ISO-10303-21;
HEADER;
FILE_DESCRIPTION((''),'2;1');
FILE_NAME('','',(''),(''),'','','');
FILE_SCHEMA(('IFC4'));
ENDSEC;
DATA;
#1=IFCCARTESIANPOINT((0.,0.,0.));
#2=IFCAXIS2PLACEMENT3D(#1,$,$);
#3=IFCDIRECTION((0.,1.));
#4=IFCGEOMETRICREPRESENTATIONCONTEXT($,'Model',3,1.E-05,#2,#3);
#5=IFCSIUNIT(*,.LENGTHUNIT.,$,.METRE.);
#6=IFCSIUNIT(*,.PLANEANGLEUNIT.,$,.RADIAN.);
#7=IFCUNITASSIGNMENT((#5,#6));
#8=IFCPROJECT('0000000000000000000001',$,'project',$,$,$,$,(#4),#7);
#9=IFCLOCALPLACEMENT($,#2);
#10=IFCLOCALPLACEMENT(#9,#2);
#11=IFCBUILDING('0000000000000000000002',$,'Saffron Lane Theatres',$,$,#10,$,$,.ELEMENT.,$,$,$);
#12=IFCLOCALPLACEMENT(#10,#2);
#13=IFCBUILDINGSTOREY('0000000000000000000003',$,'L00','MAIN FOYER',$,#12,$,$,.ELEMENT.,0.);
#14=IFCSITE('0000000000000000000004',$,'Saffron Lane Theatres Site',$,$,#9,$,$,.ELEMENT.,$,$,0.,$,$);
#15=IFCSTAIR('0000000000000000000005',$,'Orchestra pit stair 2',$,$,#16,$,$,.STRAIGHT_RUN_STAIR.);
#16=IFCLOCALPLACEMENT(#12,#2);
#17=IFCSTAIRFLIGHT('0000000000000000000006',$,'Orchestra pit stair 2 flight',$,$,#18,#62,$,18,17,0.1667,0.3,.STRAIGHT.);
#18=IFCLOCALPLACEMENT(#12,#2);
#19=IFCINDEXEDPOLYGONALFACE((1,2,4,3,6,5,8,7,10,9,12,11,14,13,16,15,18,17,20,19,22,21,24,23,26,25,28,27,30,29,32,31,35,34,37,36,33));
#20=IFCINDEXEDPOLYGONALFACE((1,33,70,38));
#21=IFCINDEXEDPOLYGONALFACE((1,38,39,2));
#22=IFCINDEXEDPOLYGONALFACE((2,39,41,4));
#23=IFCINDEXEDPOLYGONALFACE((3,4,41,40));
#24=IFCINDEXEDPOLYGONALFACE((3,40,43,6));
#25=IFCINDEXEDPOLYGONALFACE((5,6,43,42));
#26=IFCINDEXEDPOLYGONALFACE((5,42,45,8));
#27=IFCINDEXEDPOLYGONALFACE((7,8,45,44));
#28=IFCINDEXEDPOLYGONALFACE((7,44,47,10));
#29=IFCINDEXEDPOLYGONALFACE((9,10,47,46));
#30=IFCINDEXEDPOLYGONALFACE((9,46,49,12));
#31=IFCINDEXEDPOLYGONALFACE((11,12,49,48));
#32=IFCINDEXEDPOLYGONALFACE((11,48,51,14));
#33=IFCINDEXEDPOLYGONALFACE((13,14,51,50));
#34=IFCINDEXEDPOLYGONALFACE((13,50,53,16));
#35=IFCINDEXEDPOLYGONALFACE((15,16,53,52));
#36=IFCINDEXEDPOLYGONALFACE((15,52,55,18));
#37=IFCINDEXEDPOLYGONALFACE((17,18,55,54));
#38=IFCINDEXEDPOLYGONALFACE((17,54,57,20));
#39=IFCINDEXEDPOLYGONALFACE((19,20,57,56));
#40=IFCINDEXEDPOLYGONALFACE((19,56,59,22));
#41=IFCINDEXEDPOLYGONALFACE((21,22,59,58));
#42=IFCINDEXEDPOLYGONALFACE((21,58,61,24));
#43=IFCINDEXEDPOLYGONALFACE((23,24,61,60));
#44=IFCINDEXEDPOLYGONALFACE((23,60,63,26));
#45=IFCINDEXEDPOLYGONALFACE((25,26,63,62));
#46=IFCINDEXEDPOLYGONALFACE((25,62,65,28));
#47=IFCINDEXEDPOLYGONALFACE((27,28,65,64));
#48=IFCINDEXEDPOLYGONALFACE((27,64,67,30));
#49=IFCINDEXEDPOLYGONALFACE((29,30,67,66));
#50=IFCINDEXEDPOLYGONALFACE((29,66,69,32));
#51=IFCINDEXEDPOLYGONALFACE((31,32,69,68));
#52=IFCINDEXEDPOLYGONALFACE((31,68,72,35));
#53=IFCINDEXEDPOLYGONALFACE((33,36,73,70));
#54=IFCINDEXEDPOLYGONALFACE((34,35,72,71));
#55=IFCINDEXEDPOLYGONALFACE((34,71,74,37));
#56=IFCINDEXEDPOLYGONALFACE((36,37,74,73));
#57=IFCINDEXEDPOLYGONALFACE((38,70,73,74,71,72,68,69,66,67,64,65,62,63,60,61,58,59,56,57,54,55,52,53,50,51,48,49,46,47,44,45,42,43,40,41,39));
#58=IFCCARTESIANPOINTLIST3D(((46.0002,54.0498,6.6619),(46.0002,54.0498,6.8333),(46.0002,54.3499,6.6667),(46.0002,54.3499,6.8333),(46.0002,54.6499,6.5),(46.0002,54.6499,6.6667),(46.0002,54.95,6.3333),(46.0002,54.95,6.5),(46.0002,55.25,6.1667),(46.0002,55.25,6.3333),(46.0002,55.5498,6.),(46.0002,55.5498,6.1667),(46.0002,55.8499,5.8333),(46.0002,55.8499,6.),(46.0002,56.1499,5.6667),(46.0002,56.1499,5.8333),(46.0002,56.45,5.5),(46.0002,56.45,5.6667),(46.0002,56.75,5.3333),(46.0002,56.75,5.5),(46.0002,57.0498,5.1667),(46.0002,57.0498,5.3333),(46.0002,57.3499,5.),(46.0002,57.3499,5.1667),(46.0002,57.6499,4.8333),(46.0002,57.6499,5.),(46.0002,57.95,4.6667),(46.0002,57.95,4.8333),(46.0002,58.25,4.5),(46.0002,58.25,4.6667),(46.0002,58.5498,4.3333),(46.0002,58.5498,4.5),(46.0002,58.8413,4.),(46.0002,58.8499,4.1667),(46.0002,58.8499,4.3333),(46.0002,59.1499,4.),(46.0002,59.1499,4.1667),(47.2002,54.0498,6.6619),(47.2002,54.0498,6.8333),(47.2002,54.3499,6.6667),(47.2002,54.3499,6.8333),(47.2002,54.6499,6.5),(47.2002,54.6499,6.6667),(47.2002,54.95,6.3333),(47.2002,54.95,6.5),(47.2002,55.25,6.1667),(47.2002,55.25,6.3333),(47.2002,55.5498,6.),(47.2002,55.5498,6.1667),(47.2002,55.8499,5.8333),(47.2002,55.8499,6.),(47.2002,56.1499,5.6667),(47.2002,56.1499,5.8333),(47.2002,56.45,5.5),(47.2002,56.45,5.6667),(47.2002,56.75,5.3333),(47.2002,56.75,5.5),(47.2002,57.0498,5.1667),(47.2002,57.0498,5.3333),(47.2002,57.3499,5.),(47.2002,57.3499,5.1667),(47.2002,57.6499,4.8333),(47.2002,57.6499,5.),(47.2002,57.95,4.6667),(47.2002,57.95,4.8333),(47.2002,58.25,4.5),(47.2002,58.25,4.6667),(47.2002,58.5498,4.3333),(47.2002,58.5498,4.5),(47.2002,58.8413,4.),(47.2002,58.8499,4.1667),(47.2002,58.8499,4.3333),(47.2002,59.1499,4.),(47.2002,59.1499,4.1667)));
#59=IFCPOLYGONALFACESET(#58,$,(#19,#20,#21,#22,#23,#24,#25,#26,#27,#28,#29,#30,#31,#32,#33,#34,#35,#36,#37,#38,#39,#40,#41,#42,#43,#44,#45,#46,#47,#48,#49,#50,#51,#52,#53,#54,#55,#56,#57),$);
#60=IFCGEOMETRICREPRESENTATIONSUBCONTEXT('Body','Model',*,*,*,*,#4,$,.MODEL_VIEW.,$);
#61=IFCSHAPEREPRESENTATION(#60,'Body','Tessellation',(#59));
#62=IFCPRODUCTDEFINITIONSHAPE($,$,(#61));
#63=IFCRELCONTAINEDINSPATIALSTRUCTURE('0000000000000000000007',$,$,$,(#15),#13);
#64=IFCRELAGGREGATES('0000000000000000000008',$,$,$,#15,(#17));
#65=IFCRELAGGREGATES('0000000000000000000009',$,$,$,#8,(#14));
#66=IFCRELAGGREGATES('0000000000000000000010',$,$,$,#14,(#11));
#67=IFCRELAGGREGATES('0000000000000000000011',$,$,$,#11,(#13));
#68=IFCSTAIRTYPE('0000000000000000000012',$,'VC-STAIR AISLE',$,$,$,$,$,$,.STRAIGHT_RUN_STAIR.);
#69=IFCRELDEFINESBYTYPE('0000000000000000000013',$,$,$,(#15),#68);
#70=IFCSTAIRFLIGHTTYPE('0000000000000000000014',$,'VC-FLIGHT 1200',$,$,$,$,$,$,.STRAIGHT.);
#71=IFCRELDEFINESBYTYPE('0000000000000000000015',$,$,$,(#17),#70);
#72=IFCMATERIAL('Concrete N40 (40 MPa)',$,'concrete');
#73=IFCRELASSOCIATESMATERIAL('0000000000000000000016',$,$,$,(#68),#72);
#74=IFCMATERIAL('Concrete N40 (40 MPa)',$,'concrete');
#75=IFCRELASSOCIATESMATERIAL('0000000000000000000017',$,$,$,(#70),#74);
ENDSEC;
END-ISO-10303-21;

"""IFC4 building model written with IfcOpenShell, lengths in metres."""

from ifc_helpers import new_model, si_unit, direction, frame, origin, place, context, subcontext, project, spatial, polyline, outline, extrude, material, type_object, element, aggregate, save


model = new_model("IFC4")

# Units and contexts
model_context = context("Model", 3, precision=1e-05, world=origin(), true_north=direction((0.0, 1.0)))
body_context = subcontext(model_context, "Body", "Model", "MODEL_VIEW")
ifc_project = project(units=[si_unit("LENGTHUNIT", "METRE"), si_unit("PLANEANGLEUNIT", "RADIAN")], contexts=[model_context])

# Site, building, storey
site_placement = place(None, origin())
site = spatial("IfcSite", under=ifc_project, at=site_placement, Name="Saffron Lane Theatres Site", CompositionType="ELEMENT", RefElevation=0.0)
building_placement = place(site_placement, origin())
building = spatial("IfcBuilding", under=site, at=building_placement, Name="Saffron Lane Theatres", CompositionType="ELEMENT")
storey_placement = place(building_placement, origin())
storey = spatial("IfcBuildingStorey", under=building, at=storey_placement, Name="L00", Description="MAIN FOYER", CompositionType="ELEMENT", Elevation=0.0)

# Stair, stair flight
ifc_material_1 = material(Name="Concrete N40 (40 MPa)", Category="concrete")
stair_type = type_object("IfcStairType", Name="VC-STAIR AISLE", PredefinedType="STRAIGHT_RUN_STAIR", material=ifc_material_1)
stair_1_placement = place(storey_placement, origin())
stair_1 = element("IfcStair", 1, at=stair_1_placement, inside=storey, type_object=stair_type, Name="Orchestra pit stair 2", PredefinedType="STRAIGHT_RUN_STAIR")
ifc_material_2 = material(Name="Concrete N40 (40 MPa)", Category="concrete")
stair_flight_type_1 = type_object("IfcStairFlightType", Name="VC-FLIGHT 1200", PredefinedType="STRAIGHT", material=ifc_material_2)
stair_flight_1_placement = place(storey_placement, frame((46.6001, 59.1499, 4.0), z_axis=(0.0, 0.0, 1.0), x_axis=(0.0, -1.0, 0.0)))
stair_flight_1 = element("IfcStairFlight", 2, at=stair_flight_1_placement, type_object=stair_flight_type_1, Name="Orchestra pit stair 2 flight", NumberOfRisers=18, NumberOfTreads=17, PredefinedType="STRAIGHT", RiserHeight=0.1667, TreadLength=0.3, context=body_context, shape_type="SweptSolid", body=[
    extrude(outline(polyline([(0.0, 0.0), (0.0, 0.1667), (0.3, 0.1667), (0.3, 0.3333), (0.6001, 0.3333), (0.6001, 0.5), (0.8999, 0.5), (0.8999, 0.6667), (1.2, 0.6667), (1.2, 0.8333), (1.5, 0.8333), (1.5, 1.0), (1.8, 1.0), (1.8, 1.1667), (2.1001, 1.1667), (2.1001, 1.3333), (2.3999, 1.3333), (2.3999, 1.5), (2.7, 1.5), (2.7, 1.6667), (3.0, 1.6667), (3.0, 1.8333), (3.3, 1.8333), (3.3, 2.0), (3.6001, 2.0), (3.6001, 2.1667), (3.8999, 2.1667), (3.8999, 2.3333), (4.2, 2.3333), (4.2, 2.5), (4.5, 2.5), (4.5, 2.6667), (4.8, 2.6667), (4.8, 2.8333), (5.1001, 2.8333), (5.1001, 3.0), (5.1001, 2.6619), (0.3086, 0.0), (0.0, 0.0)])), frame((0.0, 0.6001, 0.0), z_axis=(0.0, -1.0, 0.0), x_axis=(1.0, 0.0, 0.0)), (0.0, 0.0, 1.0), 1.2),
])
aggregate(stair_1, [stair_flight_1])

save(model, "model.ifc")
